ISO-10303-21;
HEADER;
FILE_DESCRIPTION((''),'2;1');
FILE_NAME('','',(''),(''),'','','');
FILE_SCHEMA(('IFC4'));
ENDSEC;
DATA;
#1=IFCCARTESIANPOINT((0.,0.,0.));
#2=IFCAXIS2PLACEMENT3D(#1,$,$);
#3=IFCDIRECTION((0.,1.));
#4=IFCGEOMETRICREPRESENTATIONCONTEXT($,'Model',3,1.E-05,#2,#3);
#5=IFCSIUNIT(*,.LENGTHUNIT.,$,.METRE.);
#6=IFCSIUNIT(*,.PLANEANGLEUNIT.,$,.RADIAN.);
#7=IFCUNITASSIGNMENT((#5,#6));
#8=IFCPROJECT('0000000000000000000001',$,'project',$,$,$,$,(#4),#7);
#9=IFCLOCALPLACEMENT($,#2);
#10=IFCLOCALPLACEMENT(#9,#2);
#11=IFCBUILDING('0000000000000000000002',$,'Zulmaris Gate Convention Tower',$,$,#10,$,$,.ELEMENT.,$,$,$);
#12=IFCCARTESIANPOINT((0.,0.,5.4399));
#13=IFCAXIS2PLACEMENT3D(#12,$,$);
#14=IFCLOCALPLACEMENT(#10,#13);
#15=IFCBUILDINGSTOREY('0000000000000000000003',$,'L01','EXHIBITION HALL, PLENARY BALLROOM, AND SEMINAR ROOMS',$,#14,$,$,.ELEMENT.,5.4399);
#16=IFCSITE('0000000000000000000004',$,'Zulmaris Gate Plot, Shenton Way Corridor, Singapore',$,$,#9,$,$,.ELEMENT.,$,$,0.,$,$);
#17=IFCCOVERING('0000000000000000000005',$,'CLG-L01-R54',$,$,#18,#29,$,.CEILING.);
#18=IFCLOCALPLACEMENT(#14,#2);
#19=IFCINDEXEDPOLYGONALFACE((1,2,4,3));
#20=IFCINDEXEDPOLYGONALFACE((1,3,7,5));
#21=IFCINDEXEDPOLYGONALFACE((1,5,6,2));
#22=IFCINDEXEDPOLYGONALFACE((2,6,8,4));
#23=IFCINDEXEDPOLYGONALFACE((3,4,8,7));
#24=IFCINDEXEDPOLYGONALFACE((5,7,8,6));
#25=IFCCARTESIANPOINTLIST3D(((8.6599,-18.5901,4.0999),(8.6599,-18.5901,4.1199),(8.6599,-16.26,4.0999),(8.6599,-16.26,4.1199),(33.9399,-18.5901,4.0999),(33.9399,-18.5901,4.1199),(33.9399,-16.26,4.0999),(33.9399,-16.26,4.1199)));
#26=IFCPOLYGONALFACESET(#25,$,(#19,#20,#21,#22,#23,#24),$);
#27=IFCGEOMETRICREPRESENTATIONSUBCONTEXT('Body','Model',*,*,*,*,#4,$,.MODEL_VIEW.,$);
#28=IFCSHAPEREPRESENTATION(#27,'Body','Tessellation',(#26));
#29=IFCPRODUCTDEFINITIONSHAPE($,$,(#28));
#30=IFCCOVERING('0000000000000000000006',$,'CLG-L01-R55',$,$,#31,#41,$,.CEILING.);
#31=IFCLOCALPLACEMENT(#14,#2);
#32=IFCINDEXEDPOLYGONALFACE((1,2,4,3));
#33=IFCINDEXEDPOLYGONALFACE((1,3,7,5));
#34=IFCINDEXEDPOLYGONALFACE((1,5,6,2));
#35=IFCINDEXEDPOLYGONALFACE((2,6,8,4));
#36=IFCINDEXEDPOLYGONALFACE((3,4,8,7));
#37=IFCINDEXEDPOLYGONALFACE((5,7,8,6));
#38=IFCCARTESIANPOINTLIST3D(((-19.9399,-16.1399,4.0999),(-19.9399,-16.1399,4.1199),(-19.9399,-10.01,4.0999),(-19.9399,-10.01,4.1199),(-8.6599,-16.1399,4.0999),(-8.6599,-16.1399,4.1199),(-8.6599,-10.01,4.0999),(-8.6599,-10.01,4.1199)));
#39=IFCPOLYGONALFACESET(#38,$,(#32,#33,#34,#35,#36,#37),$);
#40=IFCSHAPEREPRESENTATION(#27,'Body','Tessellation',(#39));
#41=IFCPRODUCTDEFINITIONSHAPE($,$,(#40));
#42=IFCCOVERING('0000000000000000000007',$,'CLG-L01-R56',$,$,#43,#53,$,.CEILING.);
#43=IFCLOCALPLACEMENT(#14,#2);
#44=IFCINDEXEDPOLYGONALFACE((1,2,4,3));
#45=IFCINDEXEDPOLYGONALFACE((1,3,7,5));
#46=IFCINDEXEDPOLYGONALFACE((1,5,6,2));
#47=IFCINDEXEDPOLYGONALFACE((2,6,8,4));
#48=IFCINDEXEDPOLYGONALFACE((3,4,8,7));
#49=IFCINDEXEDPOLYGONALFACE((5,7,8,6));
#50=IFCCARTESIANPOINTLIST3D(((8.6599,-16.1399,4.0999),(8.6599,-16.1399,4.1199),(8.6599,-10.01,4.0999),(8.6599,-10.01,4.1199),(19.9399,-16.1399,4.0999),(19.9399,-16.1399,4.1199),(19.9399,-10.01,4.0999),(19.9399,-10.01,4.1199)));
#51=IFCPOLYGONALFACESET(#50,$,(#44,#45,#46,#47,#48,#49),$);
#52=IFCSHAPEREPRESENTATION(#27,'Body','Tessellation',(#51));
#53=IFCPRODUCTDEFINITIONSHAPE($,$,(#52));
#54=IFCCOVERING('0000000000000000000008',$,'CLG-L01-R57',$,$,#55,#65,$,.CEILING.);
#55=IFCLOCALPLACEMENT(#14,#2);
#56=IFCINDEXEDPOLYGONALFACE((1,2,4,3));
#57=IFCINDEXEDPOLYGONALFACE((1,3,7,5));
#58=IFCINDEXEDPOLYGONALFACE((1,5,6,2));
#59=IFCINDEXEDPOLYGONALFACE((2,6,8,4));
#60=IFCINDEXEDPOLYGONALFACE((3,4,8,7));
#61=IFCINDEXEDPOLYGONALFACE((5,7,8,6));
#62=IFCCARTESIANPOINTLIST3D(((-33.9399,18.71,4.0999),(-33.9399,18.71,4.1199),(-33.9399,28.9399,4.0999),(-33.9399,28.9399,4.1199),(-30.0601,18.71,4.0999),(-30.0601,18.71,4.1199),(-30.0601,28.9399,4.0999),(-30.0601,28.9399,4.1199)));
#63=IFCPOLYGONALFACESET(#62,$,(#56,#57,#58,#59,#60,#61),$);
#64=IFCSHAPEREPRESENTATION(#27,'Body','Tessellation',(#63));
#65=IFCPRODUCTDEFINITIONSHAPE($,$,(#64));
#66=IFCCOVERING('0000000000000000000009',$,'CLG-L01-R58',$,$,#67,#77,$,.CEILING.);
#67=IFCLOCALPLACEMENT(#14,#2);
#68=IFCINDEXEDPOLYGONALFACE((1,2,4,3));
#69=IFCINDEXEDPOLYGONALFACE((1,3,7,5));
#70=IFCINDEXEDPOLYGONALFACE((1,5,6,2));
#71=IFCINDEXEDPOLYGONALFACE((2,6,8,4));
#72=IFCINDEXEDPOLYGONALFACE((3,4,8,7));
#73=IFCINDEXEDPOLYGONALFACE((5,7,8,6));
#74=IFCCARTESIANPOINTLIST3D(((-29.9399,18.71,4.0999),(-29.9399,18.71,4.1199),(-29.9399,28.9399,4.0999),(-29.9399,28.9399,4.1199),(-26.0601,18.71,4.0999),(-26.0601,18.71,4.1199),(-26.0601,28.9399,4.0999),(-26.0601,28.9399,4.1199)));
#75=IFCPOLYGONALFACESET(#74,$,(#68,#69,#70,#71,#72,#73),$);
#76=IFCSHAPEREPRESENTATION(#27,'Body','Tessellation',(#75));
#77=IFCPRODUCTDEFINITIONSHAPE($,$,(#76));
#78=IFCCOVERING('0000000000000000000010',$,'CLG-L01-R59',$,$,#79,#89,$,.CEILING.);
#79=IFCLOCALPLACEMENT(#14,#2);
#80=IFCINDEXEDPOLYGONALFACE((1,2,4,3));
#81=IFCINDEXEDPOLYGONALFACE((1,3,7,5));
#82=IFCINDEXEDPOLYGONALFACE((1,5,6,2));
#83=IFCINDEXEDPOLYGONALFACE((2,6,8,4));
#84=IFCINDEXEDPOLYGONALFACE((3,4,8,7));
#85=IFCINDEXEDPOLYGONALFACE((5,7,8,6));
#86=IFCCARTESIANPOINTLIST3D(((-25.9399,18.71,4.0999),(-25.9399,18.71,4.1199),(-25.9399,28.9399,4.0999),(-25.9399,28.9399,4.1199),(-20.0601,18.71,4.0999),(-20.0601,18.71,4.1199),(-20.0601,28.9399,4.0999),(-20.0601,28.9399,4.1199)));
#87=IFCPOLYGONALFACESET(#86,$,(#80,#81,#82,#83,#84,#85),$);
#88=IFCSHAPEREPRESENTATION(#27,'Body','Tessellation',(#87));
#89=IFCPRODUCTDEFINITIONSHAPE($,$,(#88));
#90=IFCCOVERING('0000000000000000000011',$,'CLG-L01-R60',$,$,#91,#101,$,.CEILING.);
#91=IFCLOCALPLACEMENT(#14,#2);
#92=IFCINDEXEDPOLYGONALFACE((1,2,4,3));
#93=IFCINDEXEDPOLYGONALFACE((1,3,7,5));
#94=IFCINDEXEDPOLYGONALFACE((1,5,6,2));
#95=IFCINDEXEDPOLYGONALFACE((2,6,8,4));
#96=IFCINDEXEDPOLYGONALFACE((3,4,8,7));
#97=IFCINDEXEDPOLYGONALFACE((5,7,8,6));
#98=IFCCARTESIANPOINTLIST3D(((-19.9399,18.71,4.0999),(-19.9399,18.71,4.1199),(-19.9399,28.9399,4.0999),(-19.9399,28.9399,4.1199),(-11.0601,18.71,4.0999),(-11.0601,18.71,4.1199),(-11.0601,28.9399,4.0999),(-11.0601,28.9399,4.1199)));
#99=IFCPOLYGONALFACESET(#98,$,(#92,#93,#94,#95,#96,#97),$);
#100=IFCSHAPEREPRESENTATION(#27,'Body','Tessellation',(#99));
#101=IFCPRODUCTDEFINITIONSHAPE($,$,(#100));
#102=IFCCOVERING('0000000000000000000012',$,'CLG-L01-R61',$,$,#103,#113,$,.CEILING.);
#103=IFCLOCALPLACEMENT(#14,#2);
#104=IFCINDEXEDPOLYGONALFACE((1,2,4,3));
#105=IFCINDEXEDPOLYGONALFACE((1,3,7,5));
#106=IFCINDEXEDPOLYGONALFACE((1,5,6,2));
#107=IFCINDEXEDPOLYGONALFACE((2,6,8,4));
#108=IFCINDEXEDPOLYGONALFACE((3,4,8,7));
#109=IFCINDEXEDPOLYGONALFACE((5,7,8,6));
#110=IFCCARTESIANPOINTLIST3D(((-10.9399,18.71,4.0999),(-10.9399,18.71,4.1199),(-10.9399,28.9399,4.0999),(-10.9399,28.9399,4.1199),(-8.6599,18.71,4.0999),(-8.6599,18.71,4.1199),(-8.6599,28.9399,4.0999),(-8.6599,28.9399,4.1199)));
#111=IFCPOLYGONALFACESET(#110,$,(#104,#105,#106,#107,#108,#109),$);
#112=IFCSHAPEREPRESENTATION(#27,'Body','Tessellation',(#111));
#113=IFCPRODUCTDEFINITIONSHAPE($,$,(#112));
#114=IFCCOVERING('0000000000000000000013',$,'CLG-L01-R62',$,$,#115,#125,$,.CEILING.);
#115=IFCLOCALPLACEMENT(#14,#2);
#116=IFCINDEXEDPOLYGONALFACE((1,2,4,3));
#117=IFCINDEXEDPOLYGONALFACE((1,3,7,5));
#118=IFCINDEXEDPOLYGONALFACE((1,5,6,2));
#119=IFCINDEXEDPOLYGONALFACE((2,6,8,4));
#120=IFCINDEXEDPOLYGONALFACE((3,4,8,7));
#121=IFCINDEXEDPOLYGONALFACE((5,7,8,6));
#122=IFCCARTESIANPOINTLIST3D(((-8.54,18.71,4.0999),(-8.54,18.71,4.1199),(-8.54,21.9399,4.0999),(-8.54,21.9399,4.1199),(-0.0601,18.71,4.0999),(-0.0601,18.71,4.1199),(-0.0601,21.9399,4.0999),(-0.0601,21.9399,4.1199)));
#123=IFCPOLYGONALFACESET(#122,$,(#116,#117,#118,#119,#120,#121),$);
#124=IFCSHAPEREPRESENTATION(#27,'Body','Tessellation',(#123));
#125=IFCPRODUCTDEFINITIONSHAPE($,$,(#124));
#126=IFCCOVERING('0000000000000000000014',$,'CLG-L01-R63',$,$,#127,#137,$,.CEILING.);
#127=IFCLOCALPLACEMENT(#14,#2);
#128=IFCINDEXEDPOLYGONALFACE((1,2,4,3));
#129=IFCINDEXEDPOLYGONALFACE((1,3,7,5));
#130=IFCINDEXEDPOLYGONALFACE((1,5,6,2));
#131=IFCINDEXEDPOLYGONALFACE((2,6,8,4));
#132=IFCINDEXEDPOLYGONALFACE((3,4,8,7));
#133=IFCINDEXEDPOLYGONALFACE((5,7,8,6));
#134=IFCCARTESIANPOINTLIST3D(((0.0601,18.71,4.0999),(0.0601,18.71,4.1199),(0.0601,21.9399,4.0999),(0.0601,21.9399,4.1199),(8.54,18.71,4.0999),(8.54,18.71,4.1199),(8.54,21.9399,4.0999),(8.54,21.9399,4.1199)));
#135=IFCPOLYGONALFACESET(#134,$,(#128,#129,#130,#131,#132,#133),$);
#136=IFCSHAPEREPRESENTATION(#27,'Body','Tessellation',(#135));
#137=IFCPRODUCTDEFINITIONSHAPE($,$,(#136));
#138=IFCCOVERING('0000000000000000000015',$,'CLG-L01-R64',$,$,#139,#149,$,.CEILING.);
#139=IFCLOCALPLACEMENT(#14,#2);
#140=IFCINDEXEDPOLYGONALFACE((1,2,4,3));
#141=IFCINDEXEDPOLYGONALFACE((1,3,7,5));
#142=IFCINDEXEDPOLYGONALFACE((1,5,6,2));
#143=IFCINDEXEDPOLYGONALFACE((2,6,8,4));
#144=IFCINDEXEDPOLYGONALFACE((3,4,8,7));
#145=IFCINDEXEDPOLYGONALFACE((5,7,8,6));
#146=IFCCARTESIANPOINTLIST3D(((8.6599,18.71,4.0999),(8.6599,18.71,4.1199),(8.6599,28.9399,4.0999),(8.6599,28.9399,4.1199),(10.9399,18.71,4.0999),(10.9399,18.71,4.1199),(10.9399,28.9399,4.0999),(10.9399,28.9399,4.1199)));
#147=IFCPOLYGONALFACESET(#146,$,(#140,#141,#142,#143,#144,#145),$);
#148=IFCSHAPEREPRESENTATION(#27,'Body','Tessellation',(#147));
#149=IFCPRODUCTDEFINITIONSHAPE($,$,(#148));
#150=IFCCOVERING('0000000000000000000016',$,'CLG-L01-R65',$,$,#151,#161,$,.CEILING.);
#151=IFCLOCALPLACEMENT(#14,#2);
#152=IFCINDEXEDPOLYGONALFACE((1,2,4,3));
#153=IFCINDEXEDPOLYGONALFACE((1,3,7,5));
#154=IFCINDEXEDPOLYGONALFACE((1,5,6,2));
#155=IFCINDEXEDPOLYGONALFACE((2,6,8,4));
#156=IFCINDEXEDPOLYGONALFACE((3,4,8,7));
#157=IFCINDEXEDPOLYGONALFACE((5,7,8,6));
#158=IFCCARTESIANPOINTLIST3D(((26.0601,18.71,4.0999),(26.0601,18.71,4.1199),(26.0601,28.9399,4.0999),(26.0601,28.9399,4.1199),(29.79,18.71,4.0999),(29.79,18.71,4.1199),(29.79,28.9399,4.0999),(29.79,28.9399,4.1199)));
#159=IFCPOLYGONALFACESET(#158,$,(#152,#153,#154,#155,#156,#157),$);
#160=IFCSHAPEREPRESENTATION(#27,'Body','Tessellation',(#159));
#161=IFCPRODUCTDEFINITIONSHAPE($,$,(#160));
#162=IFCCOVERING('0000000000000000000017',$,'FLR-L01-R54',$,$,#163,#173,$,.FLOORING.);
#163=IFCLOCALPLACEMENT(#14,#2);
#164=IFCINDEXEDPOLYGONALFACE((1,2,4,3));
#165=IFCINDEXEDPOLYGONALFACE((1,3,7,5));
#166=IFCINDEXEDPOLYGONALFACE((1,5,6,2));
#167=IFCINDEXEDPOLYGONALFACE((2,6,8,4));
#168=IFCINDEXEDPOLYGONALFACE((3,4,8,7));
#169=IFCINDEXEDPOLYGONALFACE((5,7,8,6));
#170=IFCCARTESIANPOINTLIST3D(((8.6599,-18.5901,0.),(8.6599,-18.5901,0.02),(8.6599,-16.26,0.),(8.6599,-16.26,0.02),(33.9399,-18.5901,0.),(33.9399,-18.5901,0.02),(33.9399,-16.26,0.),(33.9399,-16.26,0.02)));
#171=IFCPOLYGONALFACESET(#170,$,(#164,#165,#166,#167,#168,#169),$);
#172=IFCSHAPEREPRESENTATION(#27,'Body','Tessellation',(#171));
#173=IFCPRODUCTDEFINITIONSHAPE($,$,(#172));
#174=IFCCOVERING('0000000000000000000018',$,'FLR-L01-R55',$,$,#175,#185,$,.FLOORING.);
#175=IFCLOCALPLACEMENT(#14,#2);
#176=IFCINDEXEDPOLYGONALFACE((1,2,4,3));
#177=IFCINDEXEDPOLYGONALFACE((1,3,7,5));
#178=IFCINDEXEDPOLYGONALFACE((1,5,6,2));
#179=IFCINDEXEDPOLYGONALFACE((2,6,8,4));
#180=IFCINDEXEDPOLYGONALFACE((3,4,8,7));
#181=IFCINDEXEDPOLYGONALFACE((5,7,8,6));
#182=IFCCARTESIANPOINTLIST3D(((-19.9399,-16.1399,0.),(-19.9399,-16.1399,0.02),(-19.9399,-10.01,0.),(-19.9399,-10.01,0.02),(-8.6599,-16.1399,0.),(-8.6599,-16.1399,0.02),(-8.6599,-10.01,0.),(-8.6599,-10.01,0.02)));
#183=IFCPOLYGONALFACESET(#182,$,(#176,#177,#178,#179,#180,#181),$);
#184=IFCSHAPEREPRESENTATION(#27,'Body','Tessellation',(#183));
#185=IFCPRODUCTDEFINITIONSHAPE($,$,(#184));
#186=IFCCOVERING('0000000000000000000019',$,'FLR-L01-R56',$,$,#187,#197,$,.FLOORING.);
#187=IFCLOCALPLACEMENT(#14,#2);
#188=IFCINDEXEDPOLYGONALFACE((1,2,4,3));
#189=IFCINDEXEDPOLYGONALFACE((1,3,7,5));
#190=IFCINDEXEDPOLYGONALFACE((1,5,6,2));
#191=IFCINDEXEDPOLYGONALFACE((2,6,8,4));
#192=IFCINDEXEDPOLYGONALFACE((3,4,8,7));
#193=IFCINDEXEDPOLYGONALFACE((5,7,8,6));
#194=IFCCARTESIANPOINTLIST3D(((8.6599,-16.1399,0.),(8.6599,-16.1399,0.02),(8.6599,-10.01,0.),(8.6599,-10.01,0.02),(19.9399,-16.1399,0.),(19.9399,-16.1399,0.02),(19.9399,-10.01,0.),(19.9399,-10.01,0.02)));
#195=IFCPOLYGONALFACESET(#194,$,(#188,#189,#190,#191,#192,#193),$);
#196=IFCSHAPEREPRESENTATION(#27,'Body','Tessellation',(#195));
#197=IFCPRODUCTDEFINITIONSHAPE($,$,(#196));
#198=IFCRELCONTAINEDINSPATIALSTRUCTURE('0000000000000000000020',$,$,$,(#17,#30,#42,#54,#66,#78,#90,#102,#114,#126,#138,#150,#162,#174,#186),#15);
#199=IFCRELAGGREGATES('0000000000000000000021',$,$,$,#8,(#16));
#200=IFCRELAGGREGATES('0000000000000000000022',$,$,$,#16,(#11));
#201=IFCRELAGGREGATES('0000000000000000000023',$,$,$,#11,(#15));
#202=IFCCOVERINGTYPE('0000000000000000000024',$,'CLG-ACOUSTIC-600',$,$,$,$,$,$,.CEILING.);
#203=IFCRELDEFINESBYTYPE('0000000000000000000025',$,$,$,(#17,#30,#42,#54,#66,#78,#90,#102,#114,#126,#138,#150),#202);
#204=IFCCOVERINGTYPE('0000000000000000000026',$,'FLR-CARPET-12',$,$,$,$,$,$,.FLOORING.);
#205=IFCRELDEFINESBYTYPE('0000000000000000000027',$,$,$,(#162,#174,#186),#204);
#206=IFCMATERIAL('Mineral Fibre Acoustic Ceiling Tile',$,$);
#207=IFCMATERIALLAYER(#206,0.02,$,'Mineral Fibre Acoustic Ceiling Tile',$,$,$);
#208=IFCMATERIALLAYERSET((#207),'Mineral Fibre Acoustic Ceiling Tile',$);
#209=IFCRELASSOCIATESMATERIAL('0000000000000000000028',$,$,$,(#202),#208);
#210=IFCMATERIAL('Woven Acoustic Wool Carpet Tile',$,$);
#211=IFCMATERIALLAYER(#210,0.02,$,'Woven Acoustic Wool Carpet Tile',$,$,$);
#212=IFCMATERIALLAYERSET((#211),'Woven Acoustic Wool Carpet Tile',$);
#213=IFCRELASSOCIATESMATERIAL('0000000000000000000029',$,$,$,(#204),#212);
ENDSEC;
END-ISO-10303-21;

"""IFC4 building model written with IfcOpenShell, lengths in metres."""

from ifc_helpers import new_model, si_unit, direction, frame, origin, place, context, subcontext, project, spatial, polyline, outline, extrude, material, layer, layer_set, type_object, element, save


model = new_model("IFC4")

# Units and contexts
model_context = context("Model", 3, precision=1e-05, world=origin(), true_north=direction((0.0, 1.0)))
body_context = subcontext(model_context, "Body", "Model", "MODEL_VIEW")
ifc_project = project(units=[si_unit("LENGTHUNIT", "METRE"), si_unit("PLANEANGLEUNIT", "RADIAN")], contexts=[model_context])

# Site, building, storey
site_placement = place(None, origin())
site = spatial("IfcSite", under=ifc_project, at=site_placement, Name="Zulmaris Gate Plot, Shenton Way Corridor, Singapore", CompositionType="ELEMENT", RefElevation=0.0)
building_placement = place(site_placement, origin())
building = spatial("IfcBuilding", under=site, at=building_placement, Name="Zulmaris Gate Convention Tower", CompositionType="ELEMENT")
storey_placement = place(building_placement, frame((0.0, 0.0, 5.4399)))
storey = spatial("IfcBuildingStorey", under=building, at=storey_placement, Name="L01", Description="EXHIBITION HALL, PLENARY BALLROOM, AND SEMINAR ROOMS", CompositionType="ELEMENT", Elevation=5.4399)

# Coverings
ifc_material_1 = material(Name="Mineral Fibre Acoustic Ceiling Tile")
ifc_layer_1 = layer(ifc_material_1, 0.02, Name="Mineral Fibre Acoustic Ceiling Tile")
ifc_layer_set_1 = layer_set([ifc_layer_1], Name="Mineral Fibre Acoustic Ceiling Tile")
covering_type_1 = type_object("IfcCoveringType", Name="CLG-ACOUSTIC-600", PredefinedType="CEILING", material=ifc_layer_set_1)
covering_1_placement = place(storey_placement, frame((0.0, 0.0, 4.0999)))
element("IfcCovering", 1, at=covering_1_placement, inside=storey, type_object=covering_type_1, Name="CLG-L01-R54", PredefinedType="CEILING", context=body_context, shape_type="SweptSolid", body=[
    extrude(outline(polyline([(8.6599, -18.5901), (33.9399, -18.5901), (33.9399, -16.26), (8.6599, -16.26), (8.6599, -18.5901)])), origin(), (0.0, 0.0, 1.0), 0.02),
])
covering_2_placement = place(storey_placement, frame((0.0, 0.0, 4.0999)))
element("IfcCovering", 2, at=covering_2_placement, inside=storey, type_object=covering_type_1, Name="CLG-L01-R55", PredefinedType="CEILING", context=body_context, shape_type="SweptSolid", body=[
    extrude(outline(polyline([(-19.9399, -16.1399), (-8.6599, -16.1399), (-8.6599, -10.01), (-19.9399, -10.01), (-19.9399, -16.1399)])), origin(), (0.0, 0.0, 1.0), 0.02),
])
covering_3_placement = place(storey_placement, frame((0.0, 0.0, 4.0999)))
element("IfcCovering", 3, at=covering_3_placement, inside=storey, type_object=covering_type_1, Name="CLG-L01-R56", PredefinedType="CEILING", context=body_context, shape_type="SweptSolid", body=[
    extrude(outline(polyline([(8.6599, -16.1399), (19.9399, -16.1399), (19.9399, -10.01), (8.6599, -10.01), (8.6599, -16.1399)])), origin(), (0.0, 0.0, 1.0), 0.02),
])
covering_4_placement = place(storey_placement, frame((0.0, 0.0, 4.0999)))
element("IfcCovering", 4, at=covering_4_placement, inside=storey, type_object=covering_type_1, Name="CLG-L01-R57", PredefinedType="CEILING", context=body_context, shape_type="SweptSolid", body=[
    extrude(outline(polyline([(-33.9399, 18.71), (-30.0601, 18.71), (-30.0601, 28.9399), (-33.9399, 28.9399), (-33.9399, 18.71)])), origin(), (0.0, 0.0, 1.0), 0.02),
])
covering_5_placement = place(storey_placement, frame((0.0, 0.0, 4.0999)))
element("IfcCovering", 5, at=covering_5_placement, inside=storey, type_object=covering_type_1, Name="CLG-L01-R58", PredefinedType="CEILING", context=body_context, shape_type="SweptSolid", body=[
    extrude(outline(polyline([(-29.9399, 18.71), (-26.0601, 18.71), (-26.0601, 28.9399), (-29.9399, 28.9399), (-29.9399, 18.71)])), origin(), (0.0, 0.0, 1.0), 0.02),
])
covering_6_placement = place(storey_placement, frame((0.0, 0.0, 4.0999)))
element("IfcCovering", 6, at=covering_6_placement, inside=storey, type_object=covering_type_1, Name="CLG-L01-R59", PredefinedType="CEILING", context=body_context, shape_type="SweptSolid", body=[
    extrude(outline(polyline([(-25.9399, 18.71), (-20.0601, 18.71), (-20.0601, 28.9399), (-25.9399, 28.9399), (-25.9399, 18.71)])), origin(), (0.0, 0.0, 1.0), 0.02),
])
covering_7_placement = place(storey_placement, frame((0.0, 0.0, 4.0999)))
element("IfcCovering", 7, at=covering_7_placement, inside=storey, type_object=covering_type_1, Name="CLG-L01-R60", PredefinedType="CEILING", context=body_context, shape_type="SweptSolid", body=[
    extrude(outline(polyline([(-19.9399, 18.71), (-11.0601, 18.71), (-11.0601, 28.9399), (-19.9399, 28.9399), (-19.9399, 18.71)])), origin(), (0.0, 0.0, 1.0), 0.02),
])
covering_8_placement = place(storey_placement, frame((0.0, 0.0, 4.0999)))
element("IfcCovering", 8, at=covering_8_placement, inside=storey, type_object=covering_type_1, Name="CLG-L01-R61", PredefinedType="CEILING", context=body_context, shape_type="SweptSolid", body=[
    extrude(outline(polyline([(-10.9399, 18.71), (-8.6599, 18.71), (-8.6599, 28.9399), (-10.9399, 28.9399), (-10.9399, 18.71)])), origin(), (0.0, 0.0, 1.0), 0.02),
])
covering_9_placement = place(storey_placement, frame((0.0, 0.0, 4.0999)))
element("IfcCovering", 9, at=covering_9_placement, inside=storey, type_object=covering_type_1, Name="CLG-L01-R62", PredefinedType="CEILING", context=body_context, shape_type="SweptSolid", body=[
    extrude(outline(polyline([(-8.54, 18.71), (-0.0601, 18.71), (-0.0601, 21.9399), (-8.54, 21.9399), (-8.54, 18.71)])), origin(), (0.0, 0.0, 1.0), 0.02),
])
covering_10_placement = place(storey_placement, frame((0.0, 0.0, 4.0999)))
element("IfcCovering", 10, at=covering_10_placement, inside=storey, type_object=covering_type_1, Name="CLG-L01-R63", PredefinedType="CEILING", context=body_context, shape_type="SweptSolid", body=[
    extrude(outline(polyline([(0.0601, 18.71), (8.54, 18.71), (8.54, 21.9399), (0.0601, 21.9399), (0.0601, 18.71)])), origin(), (0.0, 0.0, 1.0), 0.02),
])
covering_11_placement = place(storey_placement, frame((0.0, 0.0, 4.0999)))
element("IfcCovering", 11, at=covering_11_placement, inside=storey, type_object=covering_type_1, Name="CLG-L01-R64", PredefinedType="CEILING", context=body_context, shape_type="SweptSolid", body=[
    extrude(outline(polyline([(8.6599, 18.71), (10.9399, 18.71), (10.9399, 28.9399), (8.6599, 28.9399), (8.6599, 18.71)])), origin(), (0.0, 0.0, 1.0), 0.02),
])
covering_12_placement = place(storey_placement, frame((0.0, 0.0, 4.0999)))
element("IfcCovering", 12, at=covering_12_placement, inside=storey, type_object=covering_type_1, Name="CLG-L01-R65", PredefinedType="CEILING", context=body_context, shape_type="SweptSolid", body=[
    extrude(outline(polyline([(26.0601, 18.71), (29.79, 18.71), (29.79, 28.9399), (26.0601, 28.9399), (26.0601, 18.71)])), origin(), (0.0, 0.0, 1.0), 0.02),
])
ifc_material_2 = material(Name="Woven Acoustic Wool Carpet Tile")
ifc_layer_2 = layer(ifc_material_2, 0.02, Name="Woven Acoustic Wool Carpet Tile")
ifc_layer_set_2 = layer_set([ifc_layer_2], Name="Woven Acoustic Wool Carpet Tile")
covering_type_2 = type_object("IfcCoveringType", Name="FLR-CARPET-12", PredefinedType="FLOORING", material=ifc_layer_set_2)
covering_13_placement = place(storey_placement, origin())
element("IfcCovering", 13, at=covering_13_placement, inside=storey, type_object=covering_type_2, Name="FLR-L01-R54", PredefinedType="FLOORING", context=body_context, shape_type="SweptSolid", body=[
    extrude(outline(polyline([(8.6599, -18.5901), (33.9399, -18.5901), (33.9399, -16.26), (8.6599, -16.26), (8.6599, -18.5901)])), origin(), (0.0, 0.0, 1.0), 0.02),
])
covering_14_placement = place(storey_placement, origin())
element("IfcCovering", 14, at=covering_14_placement, inside=storey, type_object=covering_type_2, Name="FLR-L01-R55", PredefinedType="FLOORING", context=body_context, shape_type="SweptSolid", body=[
    extrude(outline(polyline([(-19.9399, -16.1399), (-8.6599, -16.1399), (-8.6599, -10.01), (-19.9399, -10.01), (-19.9399, -16.1399)])), origin(), (0.0, 0.0, 1.0), 0.02),
])
covering_15_placement = place(storey_placement, origin())
element("IfcCovering", 15, at=covering_15_placement, inside=storey, type_object=covering_type_2, Name="FLR-L01-R56", PredefinedType="FLOORING", context=body_context, shape_type="SweptSolid", body=[
    extrude(outline(polyline([(8.6599, -16.1399), (19.9399, -16.1399), (19.9399, -10.01), (8.6599, -10.01), (8.6599, -16.1399)])), origin(), (0.0, 0.0, 1.0), 0.02),
])

save(model, "model.ifc")
